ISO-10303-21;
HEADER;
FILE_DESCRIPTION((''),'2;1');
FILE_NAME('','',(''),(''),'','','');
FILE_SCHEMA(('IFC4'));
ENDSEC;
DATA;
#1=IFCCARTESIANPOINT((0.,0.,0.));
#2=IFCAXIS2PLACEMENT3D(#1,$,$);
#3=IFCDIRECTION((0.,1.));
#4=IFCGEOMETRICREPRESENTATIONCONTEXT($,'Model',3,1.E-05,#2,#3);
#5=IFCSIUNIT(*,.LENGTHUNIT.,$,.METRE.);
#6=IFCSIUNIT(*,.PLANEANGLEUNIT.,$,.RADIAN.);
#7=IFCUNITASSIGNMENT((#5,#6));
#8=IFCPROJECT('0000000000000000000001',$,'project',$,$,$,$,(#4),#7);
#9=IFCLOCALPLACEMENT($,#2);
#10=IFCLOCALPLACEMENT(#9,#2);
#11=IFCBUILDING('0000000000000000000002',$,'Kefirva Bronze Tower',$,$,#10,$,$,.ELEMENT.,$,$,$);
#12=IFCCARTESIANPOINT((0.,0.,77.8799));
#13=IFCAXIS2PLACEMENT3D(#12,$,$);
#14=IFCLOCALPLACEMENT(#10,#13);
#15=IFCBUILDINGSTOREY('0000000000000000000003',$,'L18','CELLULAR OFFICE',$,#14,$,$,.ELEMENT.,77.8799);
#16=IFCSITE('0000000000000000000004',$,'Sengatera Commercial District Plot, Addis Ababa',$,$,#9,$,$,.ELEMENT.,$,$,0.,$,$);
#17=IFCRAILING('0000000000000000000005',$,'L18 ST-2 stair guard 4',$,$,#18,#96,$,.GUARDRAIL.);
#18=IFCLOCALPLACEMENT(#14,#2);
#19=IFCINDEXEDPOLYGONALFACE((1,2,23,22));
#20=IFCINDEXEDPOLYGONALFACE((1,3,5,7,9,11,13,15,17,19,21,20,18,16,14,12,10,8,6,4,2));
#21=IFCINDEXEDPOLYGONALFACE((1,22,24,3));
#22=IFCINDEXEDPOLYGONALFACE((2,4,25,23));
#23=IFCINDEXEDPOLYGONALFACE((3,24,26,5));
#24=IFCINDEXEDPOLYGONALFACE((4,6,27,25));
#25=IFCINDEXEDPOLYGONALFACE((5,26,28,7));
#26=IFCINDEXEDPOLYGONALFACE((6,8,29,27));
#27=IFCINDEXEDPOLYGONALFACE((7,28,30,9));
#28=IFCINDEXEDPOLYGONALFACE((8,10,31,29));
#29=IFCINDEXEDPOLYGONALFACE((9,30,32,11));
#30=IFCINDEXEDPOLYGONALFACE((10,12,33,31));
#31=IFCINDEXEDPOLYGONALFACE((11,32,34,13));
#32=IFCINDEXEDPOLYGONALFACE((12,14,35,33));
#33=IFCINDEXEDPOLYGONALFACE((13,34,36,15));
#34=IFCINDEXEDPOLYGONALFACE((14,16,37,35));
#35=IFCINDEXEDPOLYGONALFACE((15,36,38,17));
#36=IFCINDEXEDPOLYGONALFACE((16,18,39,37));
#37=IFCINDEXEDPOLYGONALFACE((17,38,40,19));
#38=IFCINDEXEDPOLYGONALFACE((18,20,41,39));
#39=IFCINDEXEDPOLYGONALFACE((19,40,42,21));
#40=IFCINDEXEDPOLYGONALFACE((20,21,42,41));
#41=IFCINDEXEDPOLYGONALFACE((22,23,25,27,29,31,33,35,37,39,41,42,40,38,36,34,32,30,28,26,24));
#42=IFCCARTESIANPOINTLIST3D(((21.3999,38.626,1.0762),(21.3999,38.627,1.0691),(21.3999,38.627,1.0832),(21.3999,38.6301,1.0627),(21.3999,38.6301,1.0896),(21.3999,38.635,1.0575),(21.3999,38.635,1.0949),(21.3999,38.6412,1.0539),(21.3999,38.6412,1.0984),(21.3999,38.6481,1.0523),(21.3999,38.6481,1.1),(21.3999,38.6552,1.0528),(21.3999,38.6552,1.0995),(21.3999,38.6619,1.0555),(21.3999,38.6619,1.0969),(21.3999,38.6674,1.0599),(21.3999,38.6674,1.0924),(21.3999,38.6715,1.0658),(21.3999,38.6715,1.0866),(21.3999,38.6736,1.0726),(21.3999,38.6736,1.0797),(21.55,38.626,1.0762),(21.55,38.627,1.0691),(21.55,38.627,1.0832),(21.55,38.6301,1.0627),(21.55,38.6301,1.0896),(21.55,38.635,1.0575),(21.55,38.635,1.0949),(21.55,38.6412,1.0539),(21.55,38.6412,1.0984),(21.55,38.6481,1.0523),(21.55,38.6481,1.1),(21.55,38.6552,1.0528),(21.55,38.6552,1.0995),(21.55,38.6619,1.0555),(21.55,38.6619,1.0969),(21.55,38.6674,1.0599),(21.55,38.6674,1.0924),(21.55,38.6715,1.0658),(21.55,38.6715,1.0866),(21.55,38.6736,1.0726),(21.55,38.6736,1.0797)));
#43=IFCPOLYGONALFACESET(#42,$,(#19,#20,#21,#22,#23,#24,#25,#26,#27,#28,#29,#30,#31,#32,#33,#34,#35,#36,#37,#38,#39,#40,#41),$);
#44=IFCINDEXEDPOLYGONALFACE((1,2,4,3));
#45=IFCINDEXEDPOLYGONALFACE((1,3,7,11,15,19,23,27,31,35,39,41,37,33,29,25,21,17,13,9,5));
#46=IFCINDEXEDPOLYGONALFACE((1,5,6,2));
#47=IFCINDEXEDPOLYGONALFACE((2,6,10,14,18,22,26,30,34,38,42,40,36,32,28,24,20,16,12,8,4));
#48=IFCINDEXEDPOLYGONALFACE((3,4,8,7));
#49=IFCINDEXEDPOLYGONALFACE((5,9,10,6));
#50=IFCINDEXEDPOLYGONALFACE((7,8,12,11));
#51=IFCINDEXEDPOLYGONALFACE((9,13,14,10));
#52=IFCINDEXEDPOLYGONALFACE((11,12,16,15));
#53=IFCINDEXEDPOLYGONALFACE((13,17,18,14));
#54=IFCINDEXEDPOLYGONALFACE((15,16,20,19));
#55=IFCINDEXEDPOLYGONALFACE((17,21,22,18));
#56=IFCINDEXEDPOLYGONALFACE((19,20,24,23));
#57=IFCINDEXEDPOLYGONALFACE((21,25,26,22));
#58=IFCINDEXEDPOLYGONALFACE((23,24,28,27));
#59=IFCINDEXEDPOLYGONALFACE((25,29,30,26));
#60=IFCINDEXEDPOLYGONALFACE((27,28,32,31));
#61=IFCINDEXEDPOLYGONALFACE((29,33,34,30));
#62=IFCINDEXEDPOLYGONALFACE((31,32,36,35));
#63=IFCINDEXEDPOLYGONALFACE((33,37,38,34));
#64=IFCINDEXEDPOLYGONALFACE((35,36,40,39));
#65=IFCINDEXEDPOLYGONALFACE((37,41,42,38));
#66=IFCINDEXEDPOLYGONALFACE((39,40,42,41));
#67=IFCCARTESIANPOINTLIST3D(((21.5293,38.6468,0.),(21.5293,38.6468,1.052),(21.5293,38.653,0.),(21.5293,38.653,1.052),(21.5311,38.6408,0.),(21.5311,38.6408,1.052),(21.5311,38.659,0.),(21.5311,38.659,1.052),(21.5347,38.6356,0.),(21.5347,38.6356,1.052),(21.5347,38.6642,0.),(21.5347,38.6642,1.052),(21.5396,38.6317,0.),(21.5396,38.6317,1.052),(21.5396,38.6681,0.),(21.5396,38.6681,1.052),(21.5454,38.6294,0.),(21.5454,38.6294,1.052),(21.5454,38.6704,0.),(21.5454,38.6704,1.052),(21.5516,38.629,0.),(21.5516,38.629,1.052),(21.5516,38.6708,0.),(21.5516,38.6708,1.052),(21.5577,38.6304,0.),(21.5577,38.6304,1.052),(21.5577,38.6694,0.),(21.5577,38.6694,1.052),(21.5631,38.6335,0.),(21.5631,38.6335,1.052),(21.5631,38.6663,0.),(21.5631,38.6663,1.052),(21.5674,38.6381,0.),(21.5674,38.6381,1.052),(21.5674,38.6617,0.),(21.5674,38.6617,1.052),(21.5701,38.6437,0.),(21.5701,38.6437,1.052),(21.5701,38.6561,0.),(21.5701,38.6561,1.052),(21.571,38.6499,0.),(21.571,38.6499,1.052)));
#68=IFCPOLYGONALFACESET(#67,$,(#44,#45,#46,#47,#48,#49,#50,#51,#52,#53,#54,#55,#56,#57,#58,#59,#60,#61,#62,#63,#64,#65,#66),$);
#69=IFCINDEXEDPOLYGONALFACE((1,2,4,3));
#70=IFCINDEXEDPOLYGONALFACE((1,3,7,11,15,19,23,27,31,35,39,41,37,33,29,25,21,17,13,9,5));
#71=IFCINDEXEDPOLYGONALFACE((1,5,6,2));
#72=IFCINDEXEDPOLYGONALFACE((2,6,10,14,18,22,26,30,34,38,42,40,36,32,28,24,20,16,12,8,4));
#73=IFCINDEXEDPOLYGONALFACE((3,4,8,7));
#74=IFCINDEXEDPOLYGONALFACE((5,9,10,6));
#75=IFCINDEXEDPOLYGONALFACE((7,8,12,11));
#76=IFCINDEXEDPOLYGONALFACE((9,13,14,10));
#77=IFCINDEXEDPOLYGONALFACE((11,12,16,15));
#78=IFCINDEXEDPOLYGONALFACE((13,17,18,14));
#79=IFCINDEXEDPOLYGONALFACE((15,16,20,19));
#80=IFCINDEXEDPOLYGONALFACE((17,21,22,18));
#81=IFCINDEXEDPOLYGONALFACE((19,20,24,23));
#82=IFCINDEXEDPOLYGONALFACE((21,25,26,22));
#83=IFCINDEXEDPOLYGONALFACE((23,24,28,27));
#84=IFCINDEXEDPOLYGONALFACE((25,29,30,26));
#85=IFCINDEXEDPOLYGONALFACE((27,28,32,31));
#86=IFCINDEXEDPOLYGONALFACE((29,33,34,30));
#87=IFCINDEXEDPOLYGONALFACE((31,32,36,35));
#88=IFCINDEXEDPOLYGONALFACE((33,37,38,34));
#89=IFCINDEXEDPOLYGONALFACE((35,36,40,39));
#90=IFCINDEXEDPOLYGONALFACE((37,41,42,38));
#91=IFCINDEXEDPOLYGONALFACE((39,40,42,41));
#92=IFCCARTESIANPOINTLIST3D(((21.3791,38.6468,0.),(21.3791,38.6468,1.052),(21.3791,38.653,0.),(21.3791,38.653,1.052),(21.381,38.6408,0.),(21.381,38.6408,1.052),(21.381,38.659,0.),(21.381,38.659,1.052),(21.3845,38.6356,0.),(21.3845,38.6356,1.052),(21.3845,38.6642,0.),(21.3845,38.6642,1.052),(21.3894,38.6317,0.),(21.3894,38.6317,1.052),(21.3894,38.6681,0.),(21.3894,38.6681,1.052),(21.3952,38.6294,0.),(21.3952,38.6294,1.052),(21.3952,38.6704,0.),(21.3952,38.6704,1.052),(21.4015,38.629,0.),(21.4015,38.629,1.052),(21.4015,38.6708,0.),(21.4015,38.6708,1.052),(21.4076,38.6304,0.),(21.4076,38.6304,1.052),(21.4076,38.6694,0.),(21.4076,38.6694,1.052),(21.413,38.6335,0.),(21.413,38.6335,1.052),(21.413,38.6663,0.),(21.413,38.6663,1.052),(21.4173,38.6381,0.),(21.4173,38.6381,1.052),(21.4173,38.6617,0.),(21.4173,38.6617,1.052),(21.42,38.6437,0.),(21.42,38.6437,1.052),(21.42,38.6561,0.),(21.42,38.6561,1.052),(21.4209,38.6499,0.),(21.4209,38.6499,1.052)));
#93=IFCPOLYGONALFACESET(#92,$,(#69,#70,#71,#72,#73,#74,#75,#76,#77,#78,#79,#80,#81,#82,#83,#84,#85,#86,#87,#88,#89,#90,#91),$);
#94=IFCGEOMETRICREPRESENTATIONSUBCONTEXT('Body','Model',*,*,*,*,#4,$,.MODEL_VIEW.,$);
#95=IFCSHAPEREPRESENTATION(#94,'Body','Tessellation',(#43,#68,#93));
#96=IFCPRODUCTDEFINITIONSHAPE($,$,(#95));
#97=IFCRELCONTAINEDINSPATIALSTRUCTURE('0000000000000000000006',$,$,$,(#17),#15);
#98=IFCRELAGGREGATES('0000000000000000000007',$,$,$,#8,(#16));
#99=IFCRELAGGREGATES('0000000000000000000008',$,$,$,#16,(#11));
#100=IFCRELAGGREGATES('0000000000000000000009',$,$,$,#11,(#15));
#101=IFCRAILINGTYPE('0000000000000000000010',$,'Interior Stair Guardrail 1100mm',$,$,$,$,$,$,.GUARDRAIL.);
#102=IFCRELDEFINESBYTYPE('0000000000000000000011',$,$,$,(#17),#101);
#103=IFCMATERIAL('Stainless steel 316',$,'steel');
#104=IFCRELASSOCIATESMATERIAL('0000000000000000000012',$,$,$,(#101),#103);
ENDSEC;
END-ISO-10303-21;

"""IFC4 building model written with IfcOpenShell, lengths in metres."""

from ifc_helpers import new_model, si_unit, direction, frame, origin, origin_2d, place, context, subcontext, project, spatial, circle, extrude, material, type_object, element, save


model = new_model("IFC4")

# Units and contexts
model_context = context("Model", 3, precision=1e-05, world=origin(), true_north=direction((0.0, 1.0)))
body_context = subcontext(model_context, "Body", "Model", "MODEL_VIEW")
ifc_project = project(units=[si_unit("LENGTHUNIT", "METRE"), si_unit("PLANEANGLEUNIT", "RADIAN")], contexts=[model_context])

# Site, building, storey
site_placement = place(None, origin())
site = spatial("IfcSite", under=ifc_project, at=site_placement, Name="Sengatera Commercial District Plot, Addis Ababa", CompositionType="ELEMENT", RefElevation=0.0)
building_placement = place(site_placement, origin())
building = spatial("IfcBuilding", under=site, at=building_placement, Name="Kefirva Bronze Tower", CompositionType="ELEMENT")
storey_placement = place(building_placement, frame((0.0, 0.0, 77.8799)))
storey = spatial("IfcBuildingStorey", under=building, at=storey_placement, Name="L18", Description="CELLULAR OFFICE", CompositionType="ELEMENT", Elevation=77.8799)

# Railing
ifc_material_1 = material(Name="Stainless steel 316", Category="steel")
railing_type = type_object("IfcRailingType", Name="Interior Stair Guardrail 1100mm", PredefinedType="GUARDRAIL", material=ifc_material_1)
railing_placement = place(storey_placement, frame((21.55, 38.6499, 0.0)))
element("IfcRailing", 1, at=railing_placement, inside=storey, type_object=railing_type, Name="L18 ST-2 stair guard 4", PredefinedType="GUARDRAIL", context=body_context, shape_type="SweptSolid", body=[
    extrude(circle(Radius=0.0239, at=origin_2d()), frame((0.0, 0.0, 1.0762), z_axis=(-1.0, 0.0, 0.0), x_axis=(0.0, -1.0, 0.0)), (0.0, 0.0, 1.0), 0.1501),
    extrude(circle(Radius=0.021, at=origin_2d()), origin(), (0.0, 0.0, 1.0), 1.052),
    extrude(circle(Radius=0.021, at=origin_2d()), frame((-0.1501, 0.0, 0.0)), (0.0, 0.0, 1.0), 1.052),
])

save(model, "model.ifc")
